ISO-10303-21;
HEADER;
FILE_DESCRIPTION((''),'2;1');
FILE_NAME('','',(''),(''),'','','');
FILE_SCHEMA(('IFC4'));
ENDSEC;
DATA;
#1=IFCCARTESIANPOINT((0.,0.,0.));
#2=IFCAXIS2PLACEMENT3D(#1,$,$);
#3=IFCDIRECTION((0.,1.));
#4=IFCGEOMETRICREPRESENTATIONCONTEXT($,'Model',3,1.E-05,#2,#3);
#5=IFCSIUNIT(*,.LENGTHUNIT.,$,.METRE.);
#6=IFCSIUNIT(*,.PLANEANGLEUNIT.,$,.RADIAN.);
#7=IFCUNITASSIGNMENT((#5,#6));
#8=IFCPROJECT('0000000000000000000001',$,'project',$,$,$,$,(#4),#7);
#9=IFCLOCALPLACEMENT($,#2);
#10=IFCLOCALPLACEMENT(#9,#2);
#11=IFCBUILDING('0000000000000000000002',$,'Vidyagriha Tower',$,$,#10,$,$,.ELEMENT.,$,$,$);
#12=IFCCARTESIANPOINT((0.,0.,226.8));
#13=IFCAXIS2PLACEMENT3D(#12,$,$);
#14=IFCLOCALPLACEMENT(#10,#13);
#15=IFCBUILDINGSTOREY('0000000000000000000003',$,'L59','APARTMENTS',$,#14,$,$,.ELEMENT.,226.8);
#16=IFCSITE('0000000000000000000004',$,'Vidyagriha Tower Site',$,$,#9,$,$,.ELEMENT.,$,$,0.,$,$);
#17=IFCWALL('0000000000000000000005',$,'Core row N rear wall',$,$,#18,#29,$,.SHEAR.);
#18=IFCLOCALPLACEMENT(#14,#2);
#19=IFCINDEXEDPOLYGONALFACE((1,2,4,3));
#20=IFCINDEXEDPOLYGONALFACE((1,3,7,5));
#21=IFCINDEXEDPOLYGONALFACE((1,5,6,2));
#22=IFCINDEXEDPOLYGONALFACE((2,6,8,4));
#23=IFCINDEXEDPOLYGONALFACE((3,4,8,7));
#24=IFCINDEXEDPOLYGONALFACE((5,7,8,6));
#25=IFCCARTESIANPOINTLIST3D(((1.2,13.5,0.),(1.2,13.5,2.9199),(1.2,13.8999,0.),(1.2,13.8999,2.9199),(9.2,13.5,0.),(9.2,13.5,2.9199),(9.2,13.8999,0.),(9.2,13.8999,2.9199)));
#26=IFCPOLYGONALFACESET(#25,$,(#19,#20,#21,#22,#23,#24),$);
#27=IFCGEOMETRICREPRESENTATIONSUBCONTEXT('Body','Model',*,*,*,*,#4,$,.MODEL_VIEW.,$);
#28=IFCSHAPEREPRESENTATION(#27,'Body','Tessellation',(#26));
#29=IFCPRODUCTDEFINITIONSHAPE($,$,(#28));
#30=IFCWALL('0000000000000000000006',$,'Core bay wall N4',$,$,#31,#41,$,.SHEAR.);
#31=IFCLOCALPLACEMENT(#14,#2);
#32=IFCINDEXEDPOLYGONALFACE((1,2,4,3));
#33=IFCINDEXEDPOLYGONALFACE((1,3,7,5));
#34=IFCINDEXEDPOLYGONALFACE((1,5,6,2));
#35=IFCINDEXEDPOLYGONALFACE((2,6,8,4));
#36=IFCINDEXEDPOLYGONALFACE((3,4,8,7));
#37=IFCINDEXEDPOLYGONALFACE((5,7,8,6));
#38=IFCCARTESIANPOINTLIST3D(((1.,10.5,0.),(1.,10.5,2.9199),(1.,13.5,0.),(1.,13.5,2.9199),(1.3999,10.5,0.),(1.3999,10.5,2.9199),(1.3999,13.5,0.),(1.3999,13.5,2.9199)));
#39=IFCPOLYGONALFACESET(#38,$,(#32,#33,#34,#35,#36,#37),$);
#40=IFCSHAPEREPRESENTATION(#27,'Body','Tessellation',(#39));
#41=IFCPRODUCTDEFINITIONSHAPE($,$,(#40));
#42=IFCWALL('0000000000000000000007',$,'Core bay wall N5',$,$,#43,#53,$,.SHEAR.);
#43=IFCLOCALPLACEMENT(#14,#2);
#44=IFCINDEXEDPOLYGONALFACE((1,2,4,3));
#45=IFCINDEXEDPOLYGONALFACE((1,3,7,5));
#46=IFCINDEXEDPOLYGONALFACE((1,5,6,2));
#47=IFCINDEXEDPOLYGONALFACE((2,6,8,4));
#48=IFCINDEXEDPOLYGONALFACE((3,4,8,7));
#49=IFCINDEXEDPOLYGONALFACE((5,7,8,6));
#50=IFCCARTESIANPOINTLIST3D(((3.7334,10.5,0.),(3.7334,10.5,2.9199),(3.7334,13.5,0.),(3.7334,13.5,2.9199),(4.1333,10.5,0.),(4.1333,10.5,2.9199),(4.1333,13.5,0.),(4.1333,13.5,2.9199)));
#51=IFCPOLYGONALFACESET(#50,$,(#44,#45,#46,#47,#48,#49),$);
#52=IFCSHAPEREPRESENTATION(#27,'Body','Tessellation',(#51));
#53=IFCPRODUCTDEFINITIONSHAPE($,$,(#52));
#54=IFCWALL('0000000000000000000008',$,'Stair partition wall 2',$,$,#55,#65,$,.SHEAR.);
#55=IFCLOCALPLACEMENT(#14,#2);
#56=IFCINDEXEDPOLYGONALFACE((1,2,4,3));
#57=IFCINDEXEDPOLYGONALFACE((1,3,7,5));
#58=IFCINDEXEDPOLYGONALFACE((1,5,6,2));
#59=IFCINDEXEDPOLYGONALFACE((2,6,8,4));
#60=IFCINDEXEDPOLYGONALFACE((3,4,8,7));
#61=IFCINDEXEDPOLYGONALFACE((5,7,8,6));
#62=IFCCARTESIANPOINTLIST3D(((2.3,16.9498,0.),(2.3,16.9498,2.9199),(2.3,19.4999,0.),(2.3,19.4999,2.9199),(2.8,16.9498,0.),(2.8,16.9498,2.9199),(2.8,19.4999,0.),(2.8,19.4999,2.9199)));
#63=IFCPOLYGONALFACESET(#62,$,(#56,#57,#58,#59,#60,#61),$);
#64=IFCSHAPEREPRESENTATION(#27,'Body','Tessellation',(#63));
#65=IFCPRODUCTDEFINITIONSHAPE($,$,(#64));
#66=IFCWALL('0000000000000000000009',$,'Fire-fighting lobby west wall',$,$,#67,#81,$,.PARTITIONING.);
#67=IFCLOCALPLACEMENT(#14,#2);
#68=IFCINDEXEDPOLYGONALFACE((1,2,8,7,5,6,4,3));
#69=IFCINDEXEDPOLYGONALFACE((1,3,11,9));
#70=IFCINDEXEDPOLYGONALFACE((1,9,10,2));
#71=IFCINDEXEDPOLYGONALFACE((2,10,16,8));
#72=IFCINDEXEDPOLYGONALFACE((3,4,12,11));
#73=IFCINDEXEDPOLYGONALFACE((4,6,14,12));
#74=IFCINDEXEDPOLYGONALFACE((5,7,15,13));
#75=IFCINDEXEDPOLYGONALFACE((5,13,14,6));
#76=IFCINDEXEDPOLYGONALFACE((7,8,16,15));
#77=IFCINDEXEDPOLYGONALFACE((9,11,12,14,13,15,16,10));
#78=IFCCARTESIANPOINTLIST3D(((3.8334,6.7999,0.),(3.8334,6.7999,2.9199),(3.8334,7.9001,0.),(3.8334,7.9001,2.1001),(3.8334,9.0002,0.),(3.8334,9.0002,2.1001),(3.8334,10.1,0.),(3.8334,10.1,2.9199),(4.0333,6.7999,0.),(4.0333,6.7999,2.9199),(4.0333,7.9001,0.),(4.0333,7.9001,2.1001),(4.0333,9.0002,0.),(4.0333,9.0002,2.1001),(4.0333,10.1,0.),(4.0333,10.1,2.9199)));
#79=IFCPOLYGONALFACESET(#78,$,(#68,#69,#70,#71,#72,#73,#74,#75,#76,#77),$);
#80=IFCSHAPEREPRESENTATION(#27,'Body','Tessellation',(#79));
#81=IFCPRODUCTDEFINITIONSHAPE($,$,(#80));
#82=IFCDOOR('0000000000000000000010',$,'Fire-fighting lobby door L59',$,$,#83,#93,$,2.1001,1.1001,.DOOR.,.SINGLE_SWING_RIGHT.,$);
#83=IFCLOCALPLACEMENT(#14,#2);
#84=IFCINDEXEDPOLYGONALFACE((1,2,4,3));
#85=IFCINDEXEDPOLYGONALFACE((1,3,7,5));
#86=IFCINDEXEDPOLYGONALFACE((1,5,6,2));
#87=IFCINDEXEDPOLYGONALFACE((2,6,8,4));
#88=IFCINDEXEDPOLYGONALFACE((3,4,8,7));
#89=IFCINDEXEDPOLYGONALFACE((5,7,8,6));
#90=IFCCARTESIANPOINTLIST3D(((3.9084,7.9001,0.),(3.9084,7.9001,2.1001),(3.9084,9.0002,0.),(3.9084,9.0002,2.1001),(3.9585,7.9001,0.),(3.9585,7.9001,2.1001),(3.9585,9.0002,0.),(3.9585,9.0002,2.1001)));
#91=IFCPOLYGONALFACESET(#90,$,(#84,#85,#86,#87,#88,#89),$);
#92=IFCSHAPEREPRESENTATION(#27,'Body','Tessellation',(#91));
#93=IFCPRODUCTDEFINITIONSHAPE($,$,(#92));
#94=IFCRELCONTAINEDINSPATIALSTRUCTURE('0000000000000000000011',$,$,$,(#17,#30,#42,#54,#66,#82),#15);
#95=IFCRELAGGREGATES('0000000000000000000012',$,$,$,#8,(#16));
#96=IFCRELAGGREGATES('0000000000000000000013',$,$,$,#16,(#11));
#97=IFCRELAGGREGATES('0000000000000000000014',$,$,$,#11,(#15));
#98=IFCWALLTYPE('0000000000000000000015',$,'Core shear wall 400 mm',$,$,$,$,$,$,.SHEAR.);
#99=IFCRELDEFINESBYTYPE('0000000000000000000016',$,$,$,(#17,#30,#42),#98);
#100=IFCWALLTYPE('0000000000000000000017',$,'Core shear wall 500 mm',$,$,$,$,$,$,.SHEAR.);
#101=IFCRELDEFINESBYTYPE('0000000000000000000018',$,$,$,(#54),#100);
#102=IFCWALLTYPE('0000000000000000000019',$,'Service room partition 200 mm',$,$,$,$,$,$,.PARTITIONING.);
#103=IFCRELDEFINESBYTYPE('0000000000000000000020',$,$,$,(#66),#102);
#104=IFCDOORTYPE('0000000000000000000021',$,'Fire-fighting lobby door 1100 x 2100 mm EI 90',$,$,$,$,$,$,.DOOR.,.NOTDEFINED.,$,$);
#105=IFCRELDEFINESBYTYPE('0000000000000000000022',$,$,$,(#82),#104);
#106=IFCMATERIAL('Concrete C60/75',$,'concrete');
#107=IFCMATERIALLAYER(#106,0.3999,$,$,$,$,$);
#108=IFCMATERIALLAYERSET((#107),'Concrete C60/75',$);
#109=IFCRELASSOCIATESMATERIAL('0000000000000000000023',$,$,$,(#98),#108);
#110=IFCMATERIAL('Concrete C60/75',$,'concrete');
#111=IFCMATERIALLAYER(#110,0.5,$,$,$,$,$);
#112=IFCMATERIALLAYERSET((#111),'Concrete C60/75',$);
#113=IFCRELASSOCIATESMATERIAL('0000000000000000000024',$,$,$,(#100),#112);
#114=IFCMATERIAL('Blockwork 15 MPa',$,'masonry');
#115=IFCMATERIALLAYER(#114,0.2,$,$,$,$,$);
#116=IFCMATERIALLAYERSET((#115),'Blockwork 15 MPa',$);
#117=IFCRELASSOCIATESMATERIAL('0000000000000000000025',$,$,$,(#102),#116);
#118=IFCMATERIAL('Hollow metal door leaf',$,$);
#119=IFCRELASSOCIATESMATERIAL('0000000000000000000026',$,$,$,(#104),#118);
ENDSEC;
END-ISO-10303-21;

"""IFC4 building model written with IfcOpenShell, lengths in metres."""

from ifc_helpers import new_model, si_unit, direction, frame, frame_2d, origin, place, context, subcontext, project, spatial, rectangle, extrude, material, layer, layer_set, type_object, element, fill, save


model = new_model("IFC4")

# Units and contexts
model_context = context("Model", 3, precision=1e-05, world=origin(), true_north=direction((0.0, 1.0)))
body_context = subcontext(model_context, "Body", "Model", "MODEL_VIEW")
ifc_project = project(units=[si_unit("LENGTHUNIT", "METRE"), si_unit("PLANEANGLEUNIT", "RADIAN")], contexts=[model_context])

# Site, building, storey
site_placement = place(None, origin())
site = spatial("IfcSite", under=ifc_project, at=site_placement, Name="Vidyagriha Tower Site", CompositionType="ELEMENT", RefElevation=0.0)
building_placement = place(site_placement, origin())
building = spatial("IfcBuilding", under=site, at=building_placement, Name="Vidyagriha Tower", CompositionType="ELEMENT")
storey_placement = place(building_placement, frame((0.0, 0.0, 226.8)))
storey = spatial("IfcBuildingStorey", under=building, at=storey_placement, Name="L59", Description="APARTMENTS", CompositionType="ELEMENT", Elevation=226.8)

# Shared definitions
ifc_material_1 = material(Name="Concrete C60/75", Category="concrete")
ifc_layer_1 = layer(ifc_material_1, 0.3999)
ifc_layer_set_1 = layer_set([ifc_layer_1], Name="Concrete C60/75")
wall_type_1 = type_object("IfcWallType", Name="Core shear wall 400 mm", PredefinedType="SHEAR", material=ifc_layer_set_1)

# Walls
wall_1_placement = place(storey_placement, frame((1.2, 13.7, 0.0)))
element("IfcWall", 1, at=wall_1_placement, inside=storey, type_object=wall_type_1, Name="Core row N rear wall", PredefinedType="SHEAR", context=body_context, shape_type="SweptSolid", body=[
    extrude(rectangle(XDim=8.0, YDim=0.3999, at=frame_2d((4.0, 0.0))), origin(), (0.0, 0.0, 1.0), 2.9199),
])
for number, where, z_axis, x_axis, name in (
    (2, (1.2, 10.5, 0.0), (0.0, 0.0, 1.0), (0.0, 1.0, 0.0), "Core bay wall N4"),
    (3, (3.9333, 10.5, 0.0), (0.0, 0.0, 1.0), (0.0, 1.0, 0.0), "Core bay wall N5"),
):
    element("IfcWall", number, at=place(storey_placement, frame(where, z_axis=z_axis, x_axis=x_axis)), inside=storey, type_object=wall_type_1, Name=name, PredefinedType="SHEAR", context=body_context, shape_type="SweptSolid", body=[
        extrude(rectangle(XDim=3.0, YDim=0.3999, at=frame_2d((1.5, 0.0))), origin(), (0.0, 0.0, 1.0), 2.9199),
    ])
ifc_material_2 = material(Name="Concrete C60/75", Category="concrete")
ifc_layer_2 = layer(ifc_material_2, 0.5)
ifc_layer_set_2 = layer_set([ifc_layer_2], Name="Concrete C60/75")
wall_type_2 = type_object("IfcWallType", Name="Core shear wall 500 mm", PredefinedType="SHEAR", material=ifc_layer_set_2)
wall_2_placement = place(storey_placement, frame((2.55, 16.95, 0.0), z_axis=(0.0, 0.0, 1.0), x_axis=(0.0, 1.0, 0.0)))
element("IfcWall", 4, at=wall_2_placement, inside=storey, type_object=wall_type_2, Name="Stair partition wall 2", PredefinedType="SHEAR", context=body_context, shape_type="SweptSolid", body=[
    extrude(rectangle(XDim=2.55, YDim=0.5, at=frame_2d((1.2749, 0.0))), origin(), (0.0, 0.0, 1.0), 2.9199),
])

# Wall, opening, door
ifc_material_3 = material(Name="Blockwork 15 MPa", Category="masonry")
ifc_layer_3 = layer(ifc_material_3, 0.2)
ifc_layer_set_3 = layer_set([ifc_layer_3], Name="Blockwork 15 MPa")
wall_type_3 = type_object("IfcWallType", Name="Service room partition 200 mm", PredefinedType="PARTITIONING", material=ifc_layer_set_3)
wall_3_placement = place(storey_placement, frame((3.9333, 6.8, 0.0), z_axis=(0.0, 0.0, 1.0), x_axis=(0.0, 1.0, 0.0)))
wall_3 = element("IfcWall", 5, at=wall_3_placement, inside=storey, type_object=wall_type_3, Name="Fire-fighting lobby west wall", PredefinedType="PARTITIONING", context=body_context, shape_type="SweptSolid", body=[
    extrude(rectangle(XDim=3.3, YDim=0.2, at=frame_2d((1.6499, 0.0))), origin(), (0.0, 0.0, 1.0), 2.9199),
])
opening_1_placement = place(wall_3_placement, frame((1.1001, 0.0, 0.0)))
opening_1 = element("IfcOpeningElement", 6, at=opening_1_placement, cuts=wall_3, PredefinedType="OPENING", context=body_context, shape_type="SweptSolid", body=[
    extrude(rectangle(XDim=1.1001, YDim=2.1001, at=frame_2d((0.55, 1.05))), frame((0.0, 0.1099, 0.0), z_axis=(0.0, -1.0, 0.0), x_axis=(1.0, 0.0, 0.0)), (0.0, 0.0, 1.0), 0.22),
])
ifc_material_4 = material(Name="Hollow metal door leaf")
door_type_1 = type_object("IfcDoorType", Name="Fire-fighting lobby door 1100 x 2100 mm EI 90", OperationType="NOTDEFINED", PredefinedType="DOOR", material=ifc_material_4)
door_1_placement = place(opening_1_placement, origin())
door_1 = element("IfcDoor", 7, at=door_1_placement, inside=storey, type_object=door_type_1, Name="Fire-fighting lobby door L59", OperationType="SINGLE_SWING_RIGHT", OverallHeight=2.1001, OverallWidth=1.1001, PredefinedType="DOOR", context=body_context, shape_type="SweptSolid", body=[
    extrude(rectangle(XDim=1.1001, YDim=2.1001, at=frame_2d((0.55, 1.05))), frame((0.0, 0.0249, 0.0), z_axis=(0.0, -1.0, 0.0), x_axis=(1.0, 0.0, 0.0)), (0.0, 0.0, 1.0), 0.05),
])
fill(opening_1, door_1)

save(model, "model.ifc")
